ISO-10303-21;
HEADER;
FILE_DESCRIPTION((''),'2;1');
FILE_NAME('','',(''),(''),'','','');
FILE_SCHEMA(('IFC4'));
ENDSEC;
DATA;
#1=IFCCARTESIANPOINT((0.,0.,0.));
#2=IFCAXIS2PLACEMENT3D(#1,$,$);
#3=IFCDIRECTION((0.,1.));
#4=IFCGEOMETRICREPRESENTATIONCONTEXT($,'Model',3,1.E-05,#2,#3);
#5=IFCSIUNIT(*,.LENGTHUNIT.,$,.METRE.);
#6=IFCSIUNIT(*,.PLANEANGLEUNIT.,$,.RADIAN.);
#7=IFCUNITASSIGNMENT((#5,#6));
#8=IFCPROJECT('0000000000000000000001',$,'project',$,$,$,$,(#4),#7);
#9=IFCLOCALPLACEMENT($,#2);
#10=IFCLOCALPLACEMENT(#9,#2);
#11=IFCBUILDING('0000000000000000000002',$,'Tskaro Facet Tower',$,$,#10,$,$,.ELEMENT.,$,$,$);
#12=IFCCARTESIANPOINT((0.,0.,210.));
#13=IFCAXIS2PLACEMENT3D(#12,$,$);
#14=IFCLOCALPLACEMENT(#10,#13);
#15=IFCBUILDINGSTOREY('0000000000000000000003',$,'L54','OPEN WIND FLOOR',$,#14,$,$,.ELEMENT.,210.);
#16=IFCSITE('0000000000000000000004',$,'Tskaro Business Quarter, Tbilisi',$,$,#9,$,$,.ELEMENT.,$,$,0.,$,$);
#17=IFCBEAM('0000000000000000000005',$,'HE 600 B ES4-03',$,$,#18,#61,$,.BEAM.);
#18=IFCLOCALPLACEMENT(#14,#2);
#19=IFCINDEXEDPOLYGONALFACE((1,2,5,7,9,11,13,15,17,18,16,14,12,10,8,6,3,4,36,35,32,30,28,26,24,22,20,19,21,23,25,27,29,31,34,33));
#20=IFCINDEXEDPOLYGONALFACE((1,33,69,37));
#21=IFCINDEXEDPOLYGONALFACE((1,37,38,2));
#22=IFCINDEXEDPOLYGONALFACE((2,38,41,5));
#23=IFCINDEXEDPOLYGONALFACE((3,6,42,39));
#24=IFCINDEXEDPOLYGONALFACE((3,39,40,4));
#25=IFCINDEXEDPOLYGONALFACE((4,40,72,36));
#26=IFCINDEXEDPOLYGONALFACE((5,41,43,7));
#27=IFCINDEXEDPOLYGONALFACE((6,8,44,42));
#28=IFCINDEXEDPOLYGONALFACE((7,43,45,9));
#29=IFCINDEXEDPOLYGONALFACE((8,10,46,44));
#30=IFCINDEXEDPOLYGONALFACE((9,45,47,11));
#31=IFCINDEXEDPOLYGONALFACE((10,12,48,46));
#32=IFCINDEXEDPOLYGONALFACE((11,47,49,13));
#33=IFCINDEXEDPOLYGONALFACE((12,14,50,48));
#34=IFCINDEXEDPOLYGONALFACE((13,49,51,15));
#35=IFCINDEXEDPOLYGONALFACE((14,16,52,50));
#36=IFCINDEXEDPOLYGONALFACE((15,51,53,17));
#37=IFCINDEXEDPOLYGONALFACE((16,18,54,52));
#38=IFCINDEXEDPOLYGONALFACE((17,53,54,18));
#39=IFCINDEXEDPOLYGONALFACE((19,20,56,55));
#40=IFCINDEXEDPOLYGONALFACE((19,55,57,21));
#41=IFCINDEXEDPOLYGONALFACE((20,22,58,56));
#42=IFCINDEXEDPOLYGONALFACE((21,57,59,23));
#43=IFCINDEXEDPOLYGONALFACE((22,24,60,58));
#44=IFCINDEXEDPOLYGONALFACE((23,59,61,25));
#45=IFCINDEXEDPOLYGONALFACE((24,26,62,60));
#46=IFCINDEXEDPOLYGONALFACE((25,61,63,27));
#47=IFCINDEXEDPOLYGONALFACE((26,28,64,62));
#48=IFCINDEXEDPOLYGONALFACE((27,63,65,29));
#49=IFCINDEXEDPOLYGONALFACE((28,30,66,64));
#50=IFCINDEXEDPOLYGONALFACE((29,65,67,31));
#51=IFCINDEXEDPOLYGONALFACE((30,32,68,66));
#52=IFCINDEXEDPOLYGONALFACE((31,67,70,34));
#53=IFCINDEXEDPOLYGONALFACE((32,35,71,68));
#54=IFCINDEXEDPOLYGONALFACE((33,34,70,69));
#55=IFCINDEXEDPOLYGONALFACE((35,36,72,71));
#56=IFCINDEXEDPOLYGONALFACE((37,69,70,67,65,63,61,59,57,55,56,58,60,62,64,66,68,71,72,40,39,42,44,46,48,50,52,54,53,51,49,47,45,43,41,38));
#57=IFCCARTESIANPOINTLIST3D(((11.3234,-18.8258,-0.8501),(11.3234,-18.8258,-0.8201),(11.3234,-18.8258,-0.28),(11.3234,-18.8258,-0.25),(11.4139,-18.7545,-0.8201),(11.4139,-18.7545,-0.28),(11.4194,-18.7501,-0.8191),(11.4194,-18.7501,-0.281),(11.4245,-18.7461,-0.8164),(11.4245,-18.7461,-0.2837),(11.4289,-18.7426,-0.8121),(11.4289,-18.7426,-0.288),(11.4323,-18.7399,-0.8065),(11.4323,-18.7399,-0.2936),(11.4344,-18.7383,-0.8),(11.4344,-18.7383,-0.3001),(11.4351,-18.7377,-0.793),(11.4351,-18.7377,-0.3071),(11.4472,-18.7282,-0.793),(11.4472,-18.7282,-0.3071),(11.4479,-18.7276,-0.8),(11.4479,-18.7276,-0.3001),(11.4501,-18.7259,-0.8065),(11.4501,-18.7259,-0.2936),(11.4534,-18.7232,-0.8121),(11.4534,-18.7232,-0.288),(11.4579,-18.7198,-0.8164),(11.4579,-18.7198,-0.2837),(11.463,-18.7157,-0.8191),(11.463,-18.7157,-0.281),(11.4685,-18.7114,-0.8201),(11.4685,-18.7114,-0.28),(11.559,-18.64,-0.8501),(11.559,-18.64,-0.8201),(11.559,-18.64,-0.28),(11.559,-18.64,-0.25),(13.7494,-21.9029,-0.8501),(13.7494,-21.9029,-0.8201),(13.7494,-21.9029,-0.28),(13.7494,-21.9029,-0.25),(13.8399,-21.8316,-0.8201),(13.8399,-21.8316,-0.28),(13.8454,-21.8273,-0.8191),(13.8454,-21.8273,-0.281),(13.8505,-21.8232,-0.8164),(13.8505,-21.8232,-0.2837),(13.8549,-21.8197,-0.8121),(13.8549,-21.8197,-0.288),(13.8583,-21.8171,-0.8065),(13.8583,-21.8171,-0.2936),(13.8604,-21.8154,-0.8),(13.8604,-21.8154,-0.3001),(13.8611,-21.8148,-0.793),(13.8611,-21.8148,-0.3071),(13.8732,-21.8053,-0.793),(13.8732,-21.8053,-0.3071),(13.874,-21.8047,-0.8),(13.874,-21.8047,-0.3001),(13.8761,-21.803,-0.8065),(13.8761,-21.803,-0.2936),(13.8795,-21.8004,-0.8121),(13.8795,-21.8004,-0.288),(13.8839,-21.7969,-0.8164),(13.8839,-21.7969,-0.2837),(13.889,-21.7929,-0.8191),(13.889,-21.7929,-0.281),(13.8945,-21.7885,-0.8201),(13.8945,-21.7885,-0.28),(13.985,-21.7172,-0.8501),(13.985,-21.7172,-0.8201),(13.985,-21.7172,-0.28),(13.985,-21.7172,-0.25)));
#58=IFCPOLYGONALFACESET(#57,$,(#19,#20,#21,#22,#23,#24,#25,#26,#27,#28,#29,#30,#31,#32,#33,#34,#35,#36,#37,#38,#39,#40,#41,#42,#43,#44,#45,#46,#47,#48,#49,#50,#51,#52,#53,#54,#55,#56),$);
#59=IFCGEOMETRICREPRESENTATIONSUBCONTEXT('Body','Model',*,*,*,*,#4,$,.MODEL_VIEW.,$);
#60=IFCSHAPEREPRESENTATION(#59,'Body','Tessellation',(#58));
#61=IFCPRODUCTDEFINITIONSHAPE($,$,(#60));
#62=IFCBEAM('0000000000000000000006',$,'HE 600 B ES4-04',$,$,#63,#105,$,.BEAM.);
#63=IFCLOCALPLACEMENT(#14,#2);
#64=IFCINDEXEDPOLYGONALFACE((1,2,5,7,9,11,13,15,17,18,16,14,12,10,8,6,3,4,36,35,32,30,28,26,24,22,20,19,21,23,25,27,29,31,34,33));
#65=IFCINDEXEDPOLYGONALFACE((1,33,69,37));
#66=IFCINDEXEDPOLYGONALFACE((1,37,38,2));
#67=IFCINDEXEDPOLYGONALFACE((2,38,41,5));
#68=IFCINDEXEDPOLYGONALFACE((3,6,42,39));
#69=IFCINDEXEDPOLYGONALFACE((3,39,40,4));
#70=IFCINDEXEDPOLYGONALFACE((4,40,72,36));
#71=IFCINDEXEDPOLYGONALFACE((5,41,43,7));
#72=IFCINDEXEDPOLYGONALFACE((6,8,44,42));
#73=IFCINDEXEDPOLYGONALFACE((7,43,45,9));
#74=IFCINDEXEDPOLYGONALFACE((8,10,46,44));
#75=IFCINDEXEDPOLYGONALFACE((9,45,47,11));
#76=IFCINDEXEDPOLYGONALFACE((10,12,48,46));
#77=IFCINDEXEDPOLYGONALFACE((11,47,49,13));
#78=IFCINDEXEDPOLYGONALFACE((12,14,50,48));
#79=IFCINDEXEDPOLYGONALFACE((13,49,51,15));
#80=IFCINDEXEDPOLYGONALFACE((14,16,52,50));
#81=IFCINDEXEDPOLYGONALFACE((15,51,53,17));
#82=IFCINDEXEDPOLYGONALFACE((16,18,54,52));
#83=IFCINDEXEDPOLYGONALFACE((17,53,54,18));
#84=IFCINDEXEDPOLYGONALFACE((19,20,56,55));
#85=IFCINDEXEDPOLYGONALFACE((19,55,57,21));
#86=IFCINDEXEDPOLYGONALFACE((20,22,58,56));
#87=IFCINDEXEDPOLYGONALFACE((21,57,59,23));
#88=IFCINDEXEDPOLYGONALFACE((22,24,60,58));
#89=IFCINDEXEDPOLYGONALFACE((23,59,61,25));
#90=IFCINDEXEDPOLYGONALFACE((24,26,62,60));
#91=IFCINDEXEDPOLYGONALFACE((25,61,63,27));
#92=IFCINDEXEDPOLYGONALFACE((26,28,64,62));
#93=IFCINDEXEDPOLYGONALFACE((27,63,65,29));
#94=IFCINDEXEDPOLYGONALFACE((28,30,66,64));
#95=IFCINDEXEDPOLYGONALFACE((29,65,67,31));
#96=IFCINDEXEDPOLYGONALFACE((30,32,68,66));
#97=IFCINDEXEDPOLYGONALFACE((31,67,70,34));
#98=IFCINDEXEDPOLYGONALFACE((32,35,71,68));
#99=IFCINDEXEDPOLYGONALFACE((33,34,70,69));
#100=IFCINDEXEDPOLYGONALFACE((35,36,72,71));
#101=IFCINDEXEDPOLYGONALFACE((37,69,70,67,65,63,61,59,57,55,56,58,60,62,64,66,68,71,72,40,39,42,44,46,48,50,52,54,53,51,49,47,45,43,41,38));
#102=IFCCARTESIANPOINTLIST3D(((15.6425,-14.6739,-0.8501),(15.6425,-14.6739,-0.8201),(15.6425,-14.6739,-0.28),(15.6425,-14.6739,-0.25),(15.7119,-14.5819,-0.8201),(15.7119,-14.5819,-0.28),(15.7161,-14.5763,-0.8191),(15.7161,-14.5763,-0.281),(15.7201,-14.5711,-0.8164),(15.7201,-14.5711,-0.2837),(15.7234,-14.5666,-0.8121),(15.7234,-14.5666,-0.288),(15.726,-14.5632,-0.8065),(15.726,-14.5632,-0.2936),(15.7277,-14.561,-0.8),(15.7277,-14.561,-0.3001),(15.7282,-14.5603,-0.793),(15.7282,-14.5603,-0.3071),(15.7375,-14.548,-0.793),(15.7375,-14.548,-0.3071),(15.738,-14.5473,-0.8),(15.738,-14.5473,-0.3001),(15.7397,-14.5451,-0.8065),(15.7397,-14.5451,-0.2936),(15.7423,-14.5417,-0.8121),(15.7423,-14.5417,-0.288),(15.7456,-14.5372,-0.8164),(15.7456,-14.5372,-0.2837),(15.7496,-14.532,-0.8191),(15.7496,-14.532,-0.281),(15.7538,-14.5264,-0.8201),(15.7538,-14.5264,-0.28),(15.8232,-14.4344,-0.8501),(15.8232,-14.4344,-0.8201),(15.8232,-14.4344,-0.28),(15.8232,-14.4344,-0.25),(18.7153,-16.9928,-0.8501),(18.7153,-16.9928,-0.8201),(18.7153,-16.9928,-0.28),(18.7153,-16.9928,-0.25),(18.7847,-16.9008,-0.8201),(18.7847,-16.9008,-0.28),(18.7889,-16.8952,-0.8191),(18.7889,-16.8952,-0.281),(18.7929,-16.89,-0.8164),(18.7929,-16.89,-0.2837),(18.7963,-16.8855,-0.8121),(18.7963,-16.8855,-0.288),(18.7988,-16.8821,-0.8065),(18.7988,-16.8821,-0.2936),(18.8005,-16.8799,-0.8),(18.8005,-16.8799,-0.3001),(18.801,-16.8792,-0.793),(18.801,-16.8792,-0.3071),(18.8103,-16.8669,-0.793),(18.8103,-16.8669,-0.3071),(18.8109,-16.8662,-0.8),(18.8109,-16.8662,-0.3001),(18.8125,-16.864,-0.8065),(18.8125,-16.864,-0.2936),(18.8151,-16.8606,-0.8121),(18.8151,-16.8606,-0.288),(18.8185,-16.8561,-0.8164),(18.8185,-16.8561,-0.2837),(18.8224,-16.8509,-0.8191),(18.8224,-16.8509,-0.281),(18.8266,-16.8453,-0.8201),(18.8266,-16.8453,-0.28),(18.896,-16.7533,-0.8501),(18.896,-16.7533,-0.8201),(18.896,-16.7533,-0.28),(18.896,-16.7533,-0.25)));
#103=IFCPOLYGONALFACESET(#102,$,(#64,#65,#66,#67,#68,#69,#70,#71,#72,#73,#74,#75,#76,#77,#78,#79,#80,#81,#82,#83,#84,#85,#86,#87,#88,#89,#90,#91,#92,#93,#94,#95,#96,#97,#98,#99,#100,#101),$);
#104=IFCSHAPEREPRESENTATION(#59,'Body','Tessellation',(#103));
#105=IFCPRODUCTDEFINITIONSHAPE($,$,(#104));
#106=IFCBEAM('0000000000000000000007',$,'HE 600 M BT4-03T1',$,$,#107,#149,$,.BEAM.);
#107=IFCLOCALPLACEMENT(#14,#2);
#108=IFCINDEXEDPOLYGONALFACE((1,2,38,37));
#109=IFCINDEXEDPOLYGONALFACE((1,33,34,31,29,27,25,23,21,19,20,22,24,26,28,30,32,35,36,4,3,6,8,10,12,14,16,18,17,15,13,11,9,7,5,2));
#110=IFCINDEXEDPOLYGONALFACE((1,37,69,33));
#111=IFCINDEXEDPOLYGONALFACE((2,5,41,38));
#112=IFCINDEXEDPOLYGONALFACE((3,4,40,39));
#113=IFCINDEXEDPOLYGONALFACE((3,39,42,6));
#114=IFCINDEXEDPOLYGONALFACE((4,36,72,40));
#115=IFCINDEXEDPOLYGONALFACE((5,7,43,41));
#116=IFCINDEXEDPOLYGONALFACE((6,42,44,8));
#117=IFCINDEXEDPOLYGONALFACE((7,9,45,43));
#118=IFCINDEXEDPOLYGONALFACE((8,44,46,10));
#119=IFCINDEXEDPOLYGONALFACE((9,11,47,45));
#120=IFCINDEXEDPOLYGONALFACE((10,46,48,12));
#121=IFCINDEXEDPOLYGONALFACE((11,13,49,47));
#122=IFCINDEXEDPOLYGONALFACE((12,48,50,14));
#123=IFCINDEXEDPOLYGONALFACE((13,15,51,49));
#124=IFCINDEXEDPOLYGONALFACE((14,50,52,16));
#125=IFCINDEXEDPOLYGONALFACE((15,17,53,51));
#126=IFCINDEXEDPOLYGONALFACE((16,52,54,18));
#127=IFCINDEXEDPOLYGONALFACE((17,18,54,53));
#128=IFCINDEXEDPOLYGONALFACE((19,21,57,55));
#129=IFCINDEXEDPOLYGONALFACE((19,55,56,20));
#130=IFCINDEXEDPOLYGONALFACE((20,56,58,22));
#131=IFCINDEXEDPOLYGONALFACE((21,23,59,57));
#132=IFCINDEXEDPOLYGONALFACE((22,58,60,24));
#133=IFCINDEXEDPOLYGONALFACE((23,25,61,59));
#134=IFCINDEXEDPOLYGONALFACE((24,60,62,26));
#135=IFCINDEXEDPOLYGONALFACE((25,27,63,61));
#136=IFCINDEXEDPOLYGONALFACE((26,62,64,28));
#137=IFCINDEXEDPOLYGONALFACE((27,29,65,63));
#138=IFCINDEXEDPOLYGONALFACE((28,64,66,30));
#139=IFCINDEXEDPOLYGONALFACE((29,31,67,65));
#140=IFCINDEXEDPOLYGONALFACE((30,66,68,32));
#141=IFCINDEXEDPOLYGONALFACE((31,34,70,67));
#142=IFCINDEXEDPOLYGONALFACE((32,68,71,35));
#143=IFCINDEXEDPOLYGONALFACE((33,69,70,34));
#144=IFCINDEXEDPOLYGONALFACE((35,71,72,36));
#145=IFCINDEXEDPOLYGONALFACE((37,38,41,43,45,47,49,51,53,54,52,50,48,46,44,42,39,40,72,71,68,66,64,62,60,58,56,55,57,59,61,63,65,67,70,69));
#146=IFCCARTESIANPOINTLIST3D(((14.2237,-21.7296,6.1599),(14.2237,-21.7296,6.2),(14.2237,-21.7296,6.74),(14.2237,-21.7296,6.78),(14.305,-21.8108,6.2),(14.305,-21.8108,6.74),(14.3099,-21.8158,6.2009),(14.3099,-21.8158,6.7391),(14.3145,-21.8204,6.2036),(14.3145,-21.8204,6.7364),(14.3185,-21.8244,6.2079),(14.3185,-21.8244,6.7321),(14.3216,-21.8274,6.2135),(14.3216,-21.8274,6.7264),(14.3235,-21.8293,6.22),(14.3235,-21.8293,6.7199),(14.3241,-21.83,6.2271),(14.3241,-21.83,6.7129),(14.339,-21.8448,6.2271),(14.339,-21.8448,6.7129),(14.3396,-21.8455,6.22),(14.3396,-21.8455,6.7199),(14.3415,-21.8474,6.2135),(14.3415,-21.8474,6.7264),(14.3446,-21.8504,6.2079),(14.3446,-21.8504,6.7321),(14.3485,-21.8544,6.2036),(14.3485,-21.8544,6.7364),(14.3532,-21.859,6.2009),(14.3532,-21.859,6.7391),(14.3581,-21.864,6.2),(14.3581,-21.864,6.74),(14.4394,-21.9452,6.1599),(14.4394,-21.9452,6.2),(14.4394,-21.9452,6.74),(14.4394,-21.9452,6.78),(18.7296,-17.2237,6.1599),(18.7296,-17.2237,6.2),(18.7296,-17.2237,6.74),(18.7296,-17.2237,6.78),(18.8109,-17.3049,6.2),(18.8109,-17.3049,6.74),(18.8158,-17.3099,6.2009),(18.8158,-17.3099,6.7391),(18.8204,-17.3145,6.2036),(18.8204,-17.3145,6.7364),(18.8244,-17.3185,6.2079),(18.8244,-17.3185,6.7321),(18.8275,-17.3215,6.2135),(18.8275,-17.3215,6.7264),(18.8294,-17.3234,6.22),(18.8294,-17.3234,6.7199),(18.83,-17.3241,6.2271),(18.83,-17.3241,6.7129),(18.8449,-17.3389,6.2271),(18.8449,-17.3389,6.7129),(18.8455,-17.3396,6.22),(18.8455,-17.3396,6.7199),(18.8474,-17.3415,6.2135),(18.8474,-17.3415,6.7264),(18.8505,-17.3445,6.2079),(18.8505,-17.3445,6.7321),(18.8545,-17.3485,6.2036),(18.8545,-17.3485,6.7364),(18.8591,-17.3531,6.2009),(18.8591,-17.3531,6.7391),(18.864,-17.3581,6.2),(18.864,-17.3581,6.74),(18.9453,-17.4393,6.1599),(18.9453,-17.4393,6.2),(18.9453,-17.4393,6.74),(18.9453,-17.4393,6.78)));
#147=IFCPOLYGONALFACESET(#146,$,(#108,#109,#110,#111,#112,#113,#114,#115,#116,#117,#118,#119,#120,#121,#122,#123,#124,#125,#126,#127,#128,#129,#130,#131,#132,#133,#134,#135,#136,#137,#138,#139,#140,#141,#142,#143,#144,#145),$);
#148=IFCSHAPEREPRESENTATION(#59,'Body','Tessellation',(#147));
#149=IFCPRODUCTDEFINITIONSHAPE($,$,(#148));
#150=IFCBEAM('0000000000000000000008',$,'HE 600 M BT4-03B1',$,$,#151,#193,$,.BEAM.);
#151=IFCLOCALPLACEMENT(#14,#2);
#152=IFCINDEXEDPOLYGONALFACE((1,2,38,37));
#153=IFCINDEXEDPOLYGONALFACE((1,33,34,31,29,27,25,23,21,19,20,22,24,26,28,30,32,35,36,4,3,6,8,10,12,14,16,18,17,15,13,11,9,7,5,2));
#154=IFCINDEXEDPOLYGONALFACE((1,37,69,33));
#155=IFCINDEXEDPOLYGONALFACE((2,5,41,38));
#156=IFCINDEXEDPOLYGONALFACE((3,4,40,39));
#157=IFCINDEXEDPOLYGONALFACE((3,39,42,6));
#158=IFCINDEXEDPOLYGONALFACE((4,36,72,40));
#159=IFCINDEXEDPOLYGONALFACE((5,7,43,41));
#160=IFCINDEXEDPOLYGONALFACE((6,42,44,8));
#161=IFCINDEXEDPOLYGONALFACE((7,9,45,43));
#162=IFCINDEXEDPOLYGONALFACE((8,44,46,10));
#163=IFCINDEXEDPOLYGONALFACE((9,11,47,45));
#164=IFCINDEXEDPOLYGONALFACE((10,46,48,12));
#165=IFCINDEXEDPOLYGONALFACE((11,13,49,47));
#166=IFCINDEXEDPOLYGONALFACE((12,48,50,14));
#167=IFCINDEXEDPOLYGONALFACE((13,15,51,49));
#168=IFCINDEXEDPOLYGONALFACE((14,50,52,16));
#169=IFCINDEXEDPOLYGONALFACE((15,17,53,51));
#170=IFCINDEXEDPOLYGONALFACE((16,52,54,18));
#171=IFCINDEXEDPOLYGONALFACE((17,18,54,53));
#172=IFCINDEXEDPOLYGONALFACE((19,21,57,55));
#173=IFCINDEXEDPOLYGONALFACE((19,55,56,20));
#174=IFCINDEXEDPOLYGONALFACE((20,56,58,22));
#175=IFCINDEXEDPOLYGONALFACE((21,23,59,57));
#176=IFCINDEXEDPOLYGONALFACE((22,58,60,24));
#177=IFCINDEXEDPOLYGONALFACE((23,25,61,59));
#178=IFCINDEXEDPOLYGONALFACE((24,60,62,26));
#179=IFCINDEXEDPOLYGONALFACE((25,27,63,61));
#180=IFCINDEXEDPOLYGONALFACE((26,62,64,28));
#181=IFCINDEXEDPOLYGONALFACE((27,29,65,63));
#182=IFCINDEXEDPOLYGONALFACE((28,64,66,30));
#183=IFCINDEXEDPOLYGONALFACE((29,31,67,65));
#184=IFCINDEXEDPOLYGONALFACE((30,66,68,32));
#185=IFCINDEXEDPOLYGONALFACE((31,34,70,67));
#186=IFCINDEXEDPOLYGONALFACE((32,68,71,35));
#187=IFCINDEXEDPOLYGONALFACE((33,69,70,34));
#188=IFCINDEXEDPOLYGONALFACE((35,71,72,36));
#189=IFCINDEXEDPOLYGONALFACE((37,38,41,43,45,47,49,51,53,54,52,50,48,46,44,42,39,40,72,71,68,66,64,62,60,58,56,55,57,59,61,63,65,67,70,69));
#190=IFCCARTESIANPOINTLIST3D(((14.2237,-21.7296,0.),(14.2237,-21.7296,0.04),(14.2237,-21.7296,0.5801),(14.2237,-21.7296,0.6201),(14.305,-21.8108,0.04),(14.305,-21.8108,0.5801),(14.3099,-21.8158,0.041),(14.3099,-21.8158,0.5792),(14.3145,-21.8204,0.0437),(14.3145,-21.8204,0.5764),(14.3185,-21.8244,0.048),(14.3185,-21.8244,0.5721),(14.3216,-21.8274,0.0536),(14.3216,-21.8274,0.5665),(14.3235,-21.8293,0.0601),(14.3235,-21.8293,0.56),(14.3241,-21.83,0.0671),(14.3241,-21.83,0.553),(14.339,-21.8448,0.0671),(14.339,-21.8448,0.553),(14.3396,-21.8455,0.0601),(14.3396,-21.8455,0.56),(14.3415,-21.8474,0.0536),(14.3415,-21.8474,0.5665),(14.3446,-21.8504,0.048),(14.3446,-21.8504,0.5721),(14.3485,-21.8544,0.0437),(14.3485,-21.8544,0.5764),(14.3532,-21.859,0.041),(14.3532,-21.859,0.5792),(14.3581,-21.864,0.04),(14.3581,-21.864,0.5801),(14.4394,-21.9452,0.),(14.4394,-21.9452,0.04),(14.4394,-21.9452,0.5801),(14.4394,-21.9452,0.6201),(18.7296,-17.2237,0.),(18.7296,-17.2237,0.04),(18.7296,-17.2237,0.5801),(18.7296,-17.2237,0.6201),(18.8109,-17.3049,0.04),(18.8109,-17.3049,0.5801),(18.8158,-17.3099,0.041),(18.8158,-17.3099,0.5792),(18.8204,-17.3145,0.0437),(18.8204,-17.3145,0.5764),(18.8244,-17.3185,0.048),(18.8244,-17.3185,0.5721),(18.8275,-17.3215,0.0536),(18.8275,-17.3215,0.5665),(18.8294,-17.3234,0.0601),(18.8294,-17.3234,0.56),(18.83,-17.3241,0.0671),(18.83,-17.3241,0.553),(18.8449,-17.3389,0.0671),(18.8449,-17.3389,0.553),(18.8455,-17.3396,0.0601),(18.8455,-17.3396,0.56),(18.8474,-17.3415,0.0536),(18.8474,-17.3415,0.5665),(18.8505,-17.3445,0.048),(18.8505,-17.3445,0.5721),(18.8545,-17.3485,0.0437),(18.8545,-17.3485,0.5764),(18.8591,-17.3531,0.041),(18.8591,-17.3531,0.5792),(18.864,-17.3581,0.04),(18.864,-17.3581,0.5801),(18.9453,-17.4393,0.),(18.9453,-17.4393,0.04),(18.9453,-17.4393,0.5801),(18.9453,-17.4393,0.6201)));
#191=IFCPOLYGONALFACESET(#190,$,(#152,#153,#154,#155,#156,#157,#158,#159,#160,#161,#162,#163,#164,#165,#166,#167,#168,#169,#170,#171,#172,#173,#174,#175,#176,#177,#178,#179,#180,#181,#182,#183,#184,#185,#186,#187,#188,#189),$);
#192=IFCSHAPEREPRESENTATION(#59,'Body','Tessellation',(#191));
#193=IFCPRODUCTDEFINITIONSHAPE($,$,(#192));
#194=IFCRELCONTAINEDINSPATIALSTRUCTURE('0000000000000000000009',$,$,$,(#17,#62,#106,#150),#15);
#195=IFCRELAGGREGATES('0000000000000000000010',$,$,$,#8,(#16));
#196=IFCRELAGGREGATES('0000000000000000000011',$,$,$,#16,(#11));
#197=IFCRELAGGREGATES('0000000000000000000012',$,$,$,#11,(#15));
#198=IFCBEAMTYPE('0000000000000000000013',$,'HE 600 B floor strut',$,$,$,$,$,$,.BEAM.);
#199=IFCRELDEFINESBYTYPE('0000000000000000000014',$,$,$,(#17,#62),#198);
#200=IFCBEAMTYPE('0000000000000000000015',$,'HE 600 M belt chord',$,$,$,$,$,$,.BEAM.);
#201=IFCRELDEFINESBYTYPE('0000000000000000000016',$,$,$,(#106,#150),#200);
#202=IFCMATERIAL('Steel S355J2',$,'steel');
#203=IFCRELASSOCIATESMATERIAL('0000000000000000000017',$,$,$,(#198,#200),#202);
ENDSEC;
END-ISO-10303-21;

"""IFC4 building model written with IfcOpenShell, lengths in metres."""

from ifc_helpers import new_model, si_unit, direction, frame, origin, origin_2d, place, context, subcontext, project, spatial, i_section, extrude, material, material_profile, profile_set, type_object, element, save


model = new_model("IFC4")

# Units and contexts
model_context = context("Model", 3, precision=1e-05, world=origin(), true_north=direction((0.0, 1.0)))
body_context = subcontext(model_context, "Body", "Model", "MODEL_VIEW")
ifc_project = project(units=[si_unit("LENGTHUNIT", "METRE"), si_unit("PLANEANGLEUNIT", "RADIAN")], contexts=[model_context])

# Site, building, storey
site_placement = place(None, origin())
site = spatial("IfcSite", under=ifc_project, at=site_placement, Name="Tskaro Business Quarter, Tbilisi", CompositionType="ELEMENT", RefElevation=0.0)
building_placement = place(site_placement, origin())
building = spatial("IfcBuilding", under=site, at=building_placement, Name="Tskaro Facet Tower", CompositionType="ELEMENT")
storey_placement = place(building_placement, frame((0.0, 0.0, 210.0)))
storey = spatial("IfcBuildingStorey", under=building, at=storey_placement, Name="L54", Description="OPEN WIND FLOOR", CompositionType="ELEMENT", Elevation=210.0)

# Shared definitions
ifc_material_1 = material(Name="Steel S355J2", Category="steel")

# Beams
ifc_material_profile_1 = material_profile(ifc_material_1, i_section(OverallWidth=0.3, OverallDepth=0.6001, WebThickness=0.0154, FlangeThickness=0.03, FilletRadius=0.0271, at=origin_2d()), Name="HE 600 B")
ifc_profile_set_1 = profile_set([ifc_material_profile_1], Name="Steel S355J2")
beam_type_1 = type_object("IfcBeamType", Name="HE 600 B floor strut", PredefinedType="BEAM", material=ifc_profile_set_1)
beam_1_placement = place(storey_placement, frame((13.8672, -21.8101, -0.55), z_axis=(-0.619125, 0.785292, 0.0), x_axis=(-0.785292, -0.619125, 0.0)))
element("IfcBeam", 1, at=beam_1_placement, inside=storey, type_object=beam_type_1, Name="HE 600 B ES4-03", PredefinedType="BEAM", context=body_context, shape_type="SweptSolid", body=[
    extrude(i_section(OverallWidth=0.3, OverallDepth=0.6001, WebThickness=0.0154, FlangeThickness=0.03, FilletRadius=0.0271, at=origin_2d()), origin(), (0.0, 0.0, 1.0), 3.9185),
])
beam_2_placement = place(storey_placement, frame((18.8057, -16.873, -0.55), z_axis=(-0.798216, 0.602372, 0.0), x_axis=(-0.602372, -0.798216, 0.0)))
element("IfcBeam", 2, at=beam_2_placement, inside=storey, type_object=beam_type_1, Name="HE 600 B ES4-04", PredefinedType="BEAM", context=body_context, shape_type="SweptSolid", body=[
    extrude(i_section(OverallWidth=0.3, OverallDepth=0.6001, WebThickness=0.0154, FlangeThickness=0.03, FilletRadius=0.0271, at=origin_2d()), origin(), (0.0, 0.0, 1.0), 3.8496),
])
ifc_material_profile_2 = material_profile(ifc_material_1, i_section(OverallWidth=0.3049, OverallDepth=0.6201, WebThickness=0.021, FlangeThickness=0.04, FilletRadius=0.0271, at=origin_2d()), Name="HE 600 M")
ifc_profile_set_2 = profile_set([ifc_material_profile_2], Name="Steel S355J2")
beam_type_2 = type_object("IfcBeamType", Name="HE 600 M belt chord", PredefinedType="BEAM", material=ifc_profile_set_2)
for number, where, z_axis, x_axis, name in (
    (3, (14.3315, -21.8374, 6.47), (0.707107, 0.707107, 0.0), (-0.707107, 0.707107, 0.0), "HE 600 M BT4-03T1"),
    (4, (14.3315, -21.8374, 0.3101), (0.707107, 0.707107, 0.0), (-0.707107, 0.707107, 0.0), "HE 600 M BT4-03B1"),
):
    element("IfcBeam", number, at=place(storey_placement, frame(where, z_axis=z_axis, x_axis=x_axis)), inside=storey, type_object=beam_type_2, Name=name, PredefinedType="BEAM", context=body_context, shape_type="SweptSolid", body=[
        extrude(i_section(OverallWidth=0.3049, OverallDepth=0.6201, WebThickness=0.021, FlangeThickness=0.04, FilletRadius=0.0271, at=origin_2d()), origin(), (0.0, 0.0, 1.0), 6.3723),
    ])

save(model, "model.ifc")
